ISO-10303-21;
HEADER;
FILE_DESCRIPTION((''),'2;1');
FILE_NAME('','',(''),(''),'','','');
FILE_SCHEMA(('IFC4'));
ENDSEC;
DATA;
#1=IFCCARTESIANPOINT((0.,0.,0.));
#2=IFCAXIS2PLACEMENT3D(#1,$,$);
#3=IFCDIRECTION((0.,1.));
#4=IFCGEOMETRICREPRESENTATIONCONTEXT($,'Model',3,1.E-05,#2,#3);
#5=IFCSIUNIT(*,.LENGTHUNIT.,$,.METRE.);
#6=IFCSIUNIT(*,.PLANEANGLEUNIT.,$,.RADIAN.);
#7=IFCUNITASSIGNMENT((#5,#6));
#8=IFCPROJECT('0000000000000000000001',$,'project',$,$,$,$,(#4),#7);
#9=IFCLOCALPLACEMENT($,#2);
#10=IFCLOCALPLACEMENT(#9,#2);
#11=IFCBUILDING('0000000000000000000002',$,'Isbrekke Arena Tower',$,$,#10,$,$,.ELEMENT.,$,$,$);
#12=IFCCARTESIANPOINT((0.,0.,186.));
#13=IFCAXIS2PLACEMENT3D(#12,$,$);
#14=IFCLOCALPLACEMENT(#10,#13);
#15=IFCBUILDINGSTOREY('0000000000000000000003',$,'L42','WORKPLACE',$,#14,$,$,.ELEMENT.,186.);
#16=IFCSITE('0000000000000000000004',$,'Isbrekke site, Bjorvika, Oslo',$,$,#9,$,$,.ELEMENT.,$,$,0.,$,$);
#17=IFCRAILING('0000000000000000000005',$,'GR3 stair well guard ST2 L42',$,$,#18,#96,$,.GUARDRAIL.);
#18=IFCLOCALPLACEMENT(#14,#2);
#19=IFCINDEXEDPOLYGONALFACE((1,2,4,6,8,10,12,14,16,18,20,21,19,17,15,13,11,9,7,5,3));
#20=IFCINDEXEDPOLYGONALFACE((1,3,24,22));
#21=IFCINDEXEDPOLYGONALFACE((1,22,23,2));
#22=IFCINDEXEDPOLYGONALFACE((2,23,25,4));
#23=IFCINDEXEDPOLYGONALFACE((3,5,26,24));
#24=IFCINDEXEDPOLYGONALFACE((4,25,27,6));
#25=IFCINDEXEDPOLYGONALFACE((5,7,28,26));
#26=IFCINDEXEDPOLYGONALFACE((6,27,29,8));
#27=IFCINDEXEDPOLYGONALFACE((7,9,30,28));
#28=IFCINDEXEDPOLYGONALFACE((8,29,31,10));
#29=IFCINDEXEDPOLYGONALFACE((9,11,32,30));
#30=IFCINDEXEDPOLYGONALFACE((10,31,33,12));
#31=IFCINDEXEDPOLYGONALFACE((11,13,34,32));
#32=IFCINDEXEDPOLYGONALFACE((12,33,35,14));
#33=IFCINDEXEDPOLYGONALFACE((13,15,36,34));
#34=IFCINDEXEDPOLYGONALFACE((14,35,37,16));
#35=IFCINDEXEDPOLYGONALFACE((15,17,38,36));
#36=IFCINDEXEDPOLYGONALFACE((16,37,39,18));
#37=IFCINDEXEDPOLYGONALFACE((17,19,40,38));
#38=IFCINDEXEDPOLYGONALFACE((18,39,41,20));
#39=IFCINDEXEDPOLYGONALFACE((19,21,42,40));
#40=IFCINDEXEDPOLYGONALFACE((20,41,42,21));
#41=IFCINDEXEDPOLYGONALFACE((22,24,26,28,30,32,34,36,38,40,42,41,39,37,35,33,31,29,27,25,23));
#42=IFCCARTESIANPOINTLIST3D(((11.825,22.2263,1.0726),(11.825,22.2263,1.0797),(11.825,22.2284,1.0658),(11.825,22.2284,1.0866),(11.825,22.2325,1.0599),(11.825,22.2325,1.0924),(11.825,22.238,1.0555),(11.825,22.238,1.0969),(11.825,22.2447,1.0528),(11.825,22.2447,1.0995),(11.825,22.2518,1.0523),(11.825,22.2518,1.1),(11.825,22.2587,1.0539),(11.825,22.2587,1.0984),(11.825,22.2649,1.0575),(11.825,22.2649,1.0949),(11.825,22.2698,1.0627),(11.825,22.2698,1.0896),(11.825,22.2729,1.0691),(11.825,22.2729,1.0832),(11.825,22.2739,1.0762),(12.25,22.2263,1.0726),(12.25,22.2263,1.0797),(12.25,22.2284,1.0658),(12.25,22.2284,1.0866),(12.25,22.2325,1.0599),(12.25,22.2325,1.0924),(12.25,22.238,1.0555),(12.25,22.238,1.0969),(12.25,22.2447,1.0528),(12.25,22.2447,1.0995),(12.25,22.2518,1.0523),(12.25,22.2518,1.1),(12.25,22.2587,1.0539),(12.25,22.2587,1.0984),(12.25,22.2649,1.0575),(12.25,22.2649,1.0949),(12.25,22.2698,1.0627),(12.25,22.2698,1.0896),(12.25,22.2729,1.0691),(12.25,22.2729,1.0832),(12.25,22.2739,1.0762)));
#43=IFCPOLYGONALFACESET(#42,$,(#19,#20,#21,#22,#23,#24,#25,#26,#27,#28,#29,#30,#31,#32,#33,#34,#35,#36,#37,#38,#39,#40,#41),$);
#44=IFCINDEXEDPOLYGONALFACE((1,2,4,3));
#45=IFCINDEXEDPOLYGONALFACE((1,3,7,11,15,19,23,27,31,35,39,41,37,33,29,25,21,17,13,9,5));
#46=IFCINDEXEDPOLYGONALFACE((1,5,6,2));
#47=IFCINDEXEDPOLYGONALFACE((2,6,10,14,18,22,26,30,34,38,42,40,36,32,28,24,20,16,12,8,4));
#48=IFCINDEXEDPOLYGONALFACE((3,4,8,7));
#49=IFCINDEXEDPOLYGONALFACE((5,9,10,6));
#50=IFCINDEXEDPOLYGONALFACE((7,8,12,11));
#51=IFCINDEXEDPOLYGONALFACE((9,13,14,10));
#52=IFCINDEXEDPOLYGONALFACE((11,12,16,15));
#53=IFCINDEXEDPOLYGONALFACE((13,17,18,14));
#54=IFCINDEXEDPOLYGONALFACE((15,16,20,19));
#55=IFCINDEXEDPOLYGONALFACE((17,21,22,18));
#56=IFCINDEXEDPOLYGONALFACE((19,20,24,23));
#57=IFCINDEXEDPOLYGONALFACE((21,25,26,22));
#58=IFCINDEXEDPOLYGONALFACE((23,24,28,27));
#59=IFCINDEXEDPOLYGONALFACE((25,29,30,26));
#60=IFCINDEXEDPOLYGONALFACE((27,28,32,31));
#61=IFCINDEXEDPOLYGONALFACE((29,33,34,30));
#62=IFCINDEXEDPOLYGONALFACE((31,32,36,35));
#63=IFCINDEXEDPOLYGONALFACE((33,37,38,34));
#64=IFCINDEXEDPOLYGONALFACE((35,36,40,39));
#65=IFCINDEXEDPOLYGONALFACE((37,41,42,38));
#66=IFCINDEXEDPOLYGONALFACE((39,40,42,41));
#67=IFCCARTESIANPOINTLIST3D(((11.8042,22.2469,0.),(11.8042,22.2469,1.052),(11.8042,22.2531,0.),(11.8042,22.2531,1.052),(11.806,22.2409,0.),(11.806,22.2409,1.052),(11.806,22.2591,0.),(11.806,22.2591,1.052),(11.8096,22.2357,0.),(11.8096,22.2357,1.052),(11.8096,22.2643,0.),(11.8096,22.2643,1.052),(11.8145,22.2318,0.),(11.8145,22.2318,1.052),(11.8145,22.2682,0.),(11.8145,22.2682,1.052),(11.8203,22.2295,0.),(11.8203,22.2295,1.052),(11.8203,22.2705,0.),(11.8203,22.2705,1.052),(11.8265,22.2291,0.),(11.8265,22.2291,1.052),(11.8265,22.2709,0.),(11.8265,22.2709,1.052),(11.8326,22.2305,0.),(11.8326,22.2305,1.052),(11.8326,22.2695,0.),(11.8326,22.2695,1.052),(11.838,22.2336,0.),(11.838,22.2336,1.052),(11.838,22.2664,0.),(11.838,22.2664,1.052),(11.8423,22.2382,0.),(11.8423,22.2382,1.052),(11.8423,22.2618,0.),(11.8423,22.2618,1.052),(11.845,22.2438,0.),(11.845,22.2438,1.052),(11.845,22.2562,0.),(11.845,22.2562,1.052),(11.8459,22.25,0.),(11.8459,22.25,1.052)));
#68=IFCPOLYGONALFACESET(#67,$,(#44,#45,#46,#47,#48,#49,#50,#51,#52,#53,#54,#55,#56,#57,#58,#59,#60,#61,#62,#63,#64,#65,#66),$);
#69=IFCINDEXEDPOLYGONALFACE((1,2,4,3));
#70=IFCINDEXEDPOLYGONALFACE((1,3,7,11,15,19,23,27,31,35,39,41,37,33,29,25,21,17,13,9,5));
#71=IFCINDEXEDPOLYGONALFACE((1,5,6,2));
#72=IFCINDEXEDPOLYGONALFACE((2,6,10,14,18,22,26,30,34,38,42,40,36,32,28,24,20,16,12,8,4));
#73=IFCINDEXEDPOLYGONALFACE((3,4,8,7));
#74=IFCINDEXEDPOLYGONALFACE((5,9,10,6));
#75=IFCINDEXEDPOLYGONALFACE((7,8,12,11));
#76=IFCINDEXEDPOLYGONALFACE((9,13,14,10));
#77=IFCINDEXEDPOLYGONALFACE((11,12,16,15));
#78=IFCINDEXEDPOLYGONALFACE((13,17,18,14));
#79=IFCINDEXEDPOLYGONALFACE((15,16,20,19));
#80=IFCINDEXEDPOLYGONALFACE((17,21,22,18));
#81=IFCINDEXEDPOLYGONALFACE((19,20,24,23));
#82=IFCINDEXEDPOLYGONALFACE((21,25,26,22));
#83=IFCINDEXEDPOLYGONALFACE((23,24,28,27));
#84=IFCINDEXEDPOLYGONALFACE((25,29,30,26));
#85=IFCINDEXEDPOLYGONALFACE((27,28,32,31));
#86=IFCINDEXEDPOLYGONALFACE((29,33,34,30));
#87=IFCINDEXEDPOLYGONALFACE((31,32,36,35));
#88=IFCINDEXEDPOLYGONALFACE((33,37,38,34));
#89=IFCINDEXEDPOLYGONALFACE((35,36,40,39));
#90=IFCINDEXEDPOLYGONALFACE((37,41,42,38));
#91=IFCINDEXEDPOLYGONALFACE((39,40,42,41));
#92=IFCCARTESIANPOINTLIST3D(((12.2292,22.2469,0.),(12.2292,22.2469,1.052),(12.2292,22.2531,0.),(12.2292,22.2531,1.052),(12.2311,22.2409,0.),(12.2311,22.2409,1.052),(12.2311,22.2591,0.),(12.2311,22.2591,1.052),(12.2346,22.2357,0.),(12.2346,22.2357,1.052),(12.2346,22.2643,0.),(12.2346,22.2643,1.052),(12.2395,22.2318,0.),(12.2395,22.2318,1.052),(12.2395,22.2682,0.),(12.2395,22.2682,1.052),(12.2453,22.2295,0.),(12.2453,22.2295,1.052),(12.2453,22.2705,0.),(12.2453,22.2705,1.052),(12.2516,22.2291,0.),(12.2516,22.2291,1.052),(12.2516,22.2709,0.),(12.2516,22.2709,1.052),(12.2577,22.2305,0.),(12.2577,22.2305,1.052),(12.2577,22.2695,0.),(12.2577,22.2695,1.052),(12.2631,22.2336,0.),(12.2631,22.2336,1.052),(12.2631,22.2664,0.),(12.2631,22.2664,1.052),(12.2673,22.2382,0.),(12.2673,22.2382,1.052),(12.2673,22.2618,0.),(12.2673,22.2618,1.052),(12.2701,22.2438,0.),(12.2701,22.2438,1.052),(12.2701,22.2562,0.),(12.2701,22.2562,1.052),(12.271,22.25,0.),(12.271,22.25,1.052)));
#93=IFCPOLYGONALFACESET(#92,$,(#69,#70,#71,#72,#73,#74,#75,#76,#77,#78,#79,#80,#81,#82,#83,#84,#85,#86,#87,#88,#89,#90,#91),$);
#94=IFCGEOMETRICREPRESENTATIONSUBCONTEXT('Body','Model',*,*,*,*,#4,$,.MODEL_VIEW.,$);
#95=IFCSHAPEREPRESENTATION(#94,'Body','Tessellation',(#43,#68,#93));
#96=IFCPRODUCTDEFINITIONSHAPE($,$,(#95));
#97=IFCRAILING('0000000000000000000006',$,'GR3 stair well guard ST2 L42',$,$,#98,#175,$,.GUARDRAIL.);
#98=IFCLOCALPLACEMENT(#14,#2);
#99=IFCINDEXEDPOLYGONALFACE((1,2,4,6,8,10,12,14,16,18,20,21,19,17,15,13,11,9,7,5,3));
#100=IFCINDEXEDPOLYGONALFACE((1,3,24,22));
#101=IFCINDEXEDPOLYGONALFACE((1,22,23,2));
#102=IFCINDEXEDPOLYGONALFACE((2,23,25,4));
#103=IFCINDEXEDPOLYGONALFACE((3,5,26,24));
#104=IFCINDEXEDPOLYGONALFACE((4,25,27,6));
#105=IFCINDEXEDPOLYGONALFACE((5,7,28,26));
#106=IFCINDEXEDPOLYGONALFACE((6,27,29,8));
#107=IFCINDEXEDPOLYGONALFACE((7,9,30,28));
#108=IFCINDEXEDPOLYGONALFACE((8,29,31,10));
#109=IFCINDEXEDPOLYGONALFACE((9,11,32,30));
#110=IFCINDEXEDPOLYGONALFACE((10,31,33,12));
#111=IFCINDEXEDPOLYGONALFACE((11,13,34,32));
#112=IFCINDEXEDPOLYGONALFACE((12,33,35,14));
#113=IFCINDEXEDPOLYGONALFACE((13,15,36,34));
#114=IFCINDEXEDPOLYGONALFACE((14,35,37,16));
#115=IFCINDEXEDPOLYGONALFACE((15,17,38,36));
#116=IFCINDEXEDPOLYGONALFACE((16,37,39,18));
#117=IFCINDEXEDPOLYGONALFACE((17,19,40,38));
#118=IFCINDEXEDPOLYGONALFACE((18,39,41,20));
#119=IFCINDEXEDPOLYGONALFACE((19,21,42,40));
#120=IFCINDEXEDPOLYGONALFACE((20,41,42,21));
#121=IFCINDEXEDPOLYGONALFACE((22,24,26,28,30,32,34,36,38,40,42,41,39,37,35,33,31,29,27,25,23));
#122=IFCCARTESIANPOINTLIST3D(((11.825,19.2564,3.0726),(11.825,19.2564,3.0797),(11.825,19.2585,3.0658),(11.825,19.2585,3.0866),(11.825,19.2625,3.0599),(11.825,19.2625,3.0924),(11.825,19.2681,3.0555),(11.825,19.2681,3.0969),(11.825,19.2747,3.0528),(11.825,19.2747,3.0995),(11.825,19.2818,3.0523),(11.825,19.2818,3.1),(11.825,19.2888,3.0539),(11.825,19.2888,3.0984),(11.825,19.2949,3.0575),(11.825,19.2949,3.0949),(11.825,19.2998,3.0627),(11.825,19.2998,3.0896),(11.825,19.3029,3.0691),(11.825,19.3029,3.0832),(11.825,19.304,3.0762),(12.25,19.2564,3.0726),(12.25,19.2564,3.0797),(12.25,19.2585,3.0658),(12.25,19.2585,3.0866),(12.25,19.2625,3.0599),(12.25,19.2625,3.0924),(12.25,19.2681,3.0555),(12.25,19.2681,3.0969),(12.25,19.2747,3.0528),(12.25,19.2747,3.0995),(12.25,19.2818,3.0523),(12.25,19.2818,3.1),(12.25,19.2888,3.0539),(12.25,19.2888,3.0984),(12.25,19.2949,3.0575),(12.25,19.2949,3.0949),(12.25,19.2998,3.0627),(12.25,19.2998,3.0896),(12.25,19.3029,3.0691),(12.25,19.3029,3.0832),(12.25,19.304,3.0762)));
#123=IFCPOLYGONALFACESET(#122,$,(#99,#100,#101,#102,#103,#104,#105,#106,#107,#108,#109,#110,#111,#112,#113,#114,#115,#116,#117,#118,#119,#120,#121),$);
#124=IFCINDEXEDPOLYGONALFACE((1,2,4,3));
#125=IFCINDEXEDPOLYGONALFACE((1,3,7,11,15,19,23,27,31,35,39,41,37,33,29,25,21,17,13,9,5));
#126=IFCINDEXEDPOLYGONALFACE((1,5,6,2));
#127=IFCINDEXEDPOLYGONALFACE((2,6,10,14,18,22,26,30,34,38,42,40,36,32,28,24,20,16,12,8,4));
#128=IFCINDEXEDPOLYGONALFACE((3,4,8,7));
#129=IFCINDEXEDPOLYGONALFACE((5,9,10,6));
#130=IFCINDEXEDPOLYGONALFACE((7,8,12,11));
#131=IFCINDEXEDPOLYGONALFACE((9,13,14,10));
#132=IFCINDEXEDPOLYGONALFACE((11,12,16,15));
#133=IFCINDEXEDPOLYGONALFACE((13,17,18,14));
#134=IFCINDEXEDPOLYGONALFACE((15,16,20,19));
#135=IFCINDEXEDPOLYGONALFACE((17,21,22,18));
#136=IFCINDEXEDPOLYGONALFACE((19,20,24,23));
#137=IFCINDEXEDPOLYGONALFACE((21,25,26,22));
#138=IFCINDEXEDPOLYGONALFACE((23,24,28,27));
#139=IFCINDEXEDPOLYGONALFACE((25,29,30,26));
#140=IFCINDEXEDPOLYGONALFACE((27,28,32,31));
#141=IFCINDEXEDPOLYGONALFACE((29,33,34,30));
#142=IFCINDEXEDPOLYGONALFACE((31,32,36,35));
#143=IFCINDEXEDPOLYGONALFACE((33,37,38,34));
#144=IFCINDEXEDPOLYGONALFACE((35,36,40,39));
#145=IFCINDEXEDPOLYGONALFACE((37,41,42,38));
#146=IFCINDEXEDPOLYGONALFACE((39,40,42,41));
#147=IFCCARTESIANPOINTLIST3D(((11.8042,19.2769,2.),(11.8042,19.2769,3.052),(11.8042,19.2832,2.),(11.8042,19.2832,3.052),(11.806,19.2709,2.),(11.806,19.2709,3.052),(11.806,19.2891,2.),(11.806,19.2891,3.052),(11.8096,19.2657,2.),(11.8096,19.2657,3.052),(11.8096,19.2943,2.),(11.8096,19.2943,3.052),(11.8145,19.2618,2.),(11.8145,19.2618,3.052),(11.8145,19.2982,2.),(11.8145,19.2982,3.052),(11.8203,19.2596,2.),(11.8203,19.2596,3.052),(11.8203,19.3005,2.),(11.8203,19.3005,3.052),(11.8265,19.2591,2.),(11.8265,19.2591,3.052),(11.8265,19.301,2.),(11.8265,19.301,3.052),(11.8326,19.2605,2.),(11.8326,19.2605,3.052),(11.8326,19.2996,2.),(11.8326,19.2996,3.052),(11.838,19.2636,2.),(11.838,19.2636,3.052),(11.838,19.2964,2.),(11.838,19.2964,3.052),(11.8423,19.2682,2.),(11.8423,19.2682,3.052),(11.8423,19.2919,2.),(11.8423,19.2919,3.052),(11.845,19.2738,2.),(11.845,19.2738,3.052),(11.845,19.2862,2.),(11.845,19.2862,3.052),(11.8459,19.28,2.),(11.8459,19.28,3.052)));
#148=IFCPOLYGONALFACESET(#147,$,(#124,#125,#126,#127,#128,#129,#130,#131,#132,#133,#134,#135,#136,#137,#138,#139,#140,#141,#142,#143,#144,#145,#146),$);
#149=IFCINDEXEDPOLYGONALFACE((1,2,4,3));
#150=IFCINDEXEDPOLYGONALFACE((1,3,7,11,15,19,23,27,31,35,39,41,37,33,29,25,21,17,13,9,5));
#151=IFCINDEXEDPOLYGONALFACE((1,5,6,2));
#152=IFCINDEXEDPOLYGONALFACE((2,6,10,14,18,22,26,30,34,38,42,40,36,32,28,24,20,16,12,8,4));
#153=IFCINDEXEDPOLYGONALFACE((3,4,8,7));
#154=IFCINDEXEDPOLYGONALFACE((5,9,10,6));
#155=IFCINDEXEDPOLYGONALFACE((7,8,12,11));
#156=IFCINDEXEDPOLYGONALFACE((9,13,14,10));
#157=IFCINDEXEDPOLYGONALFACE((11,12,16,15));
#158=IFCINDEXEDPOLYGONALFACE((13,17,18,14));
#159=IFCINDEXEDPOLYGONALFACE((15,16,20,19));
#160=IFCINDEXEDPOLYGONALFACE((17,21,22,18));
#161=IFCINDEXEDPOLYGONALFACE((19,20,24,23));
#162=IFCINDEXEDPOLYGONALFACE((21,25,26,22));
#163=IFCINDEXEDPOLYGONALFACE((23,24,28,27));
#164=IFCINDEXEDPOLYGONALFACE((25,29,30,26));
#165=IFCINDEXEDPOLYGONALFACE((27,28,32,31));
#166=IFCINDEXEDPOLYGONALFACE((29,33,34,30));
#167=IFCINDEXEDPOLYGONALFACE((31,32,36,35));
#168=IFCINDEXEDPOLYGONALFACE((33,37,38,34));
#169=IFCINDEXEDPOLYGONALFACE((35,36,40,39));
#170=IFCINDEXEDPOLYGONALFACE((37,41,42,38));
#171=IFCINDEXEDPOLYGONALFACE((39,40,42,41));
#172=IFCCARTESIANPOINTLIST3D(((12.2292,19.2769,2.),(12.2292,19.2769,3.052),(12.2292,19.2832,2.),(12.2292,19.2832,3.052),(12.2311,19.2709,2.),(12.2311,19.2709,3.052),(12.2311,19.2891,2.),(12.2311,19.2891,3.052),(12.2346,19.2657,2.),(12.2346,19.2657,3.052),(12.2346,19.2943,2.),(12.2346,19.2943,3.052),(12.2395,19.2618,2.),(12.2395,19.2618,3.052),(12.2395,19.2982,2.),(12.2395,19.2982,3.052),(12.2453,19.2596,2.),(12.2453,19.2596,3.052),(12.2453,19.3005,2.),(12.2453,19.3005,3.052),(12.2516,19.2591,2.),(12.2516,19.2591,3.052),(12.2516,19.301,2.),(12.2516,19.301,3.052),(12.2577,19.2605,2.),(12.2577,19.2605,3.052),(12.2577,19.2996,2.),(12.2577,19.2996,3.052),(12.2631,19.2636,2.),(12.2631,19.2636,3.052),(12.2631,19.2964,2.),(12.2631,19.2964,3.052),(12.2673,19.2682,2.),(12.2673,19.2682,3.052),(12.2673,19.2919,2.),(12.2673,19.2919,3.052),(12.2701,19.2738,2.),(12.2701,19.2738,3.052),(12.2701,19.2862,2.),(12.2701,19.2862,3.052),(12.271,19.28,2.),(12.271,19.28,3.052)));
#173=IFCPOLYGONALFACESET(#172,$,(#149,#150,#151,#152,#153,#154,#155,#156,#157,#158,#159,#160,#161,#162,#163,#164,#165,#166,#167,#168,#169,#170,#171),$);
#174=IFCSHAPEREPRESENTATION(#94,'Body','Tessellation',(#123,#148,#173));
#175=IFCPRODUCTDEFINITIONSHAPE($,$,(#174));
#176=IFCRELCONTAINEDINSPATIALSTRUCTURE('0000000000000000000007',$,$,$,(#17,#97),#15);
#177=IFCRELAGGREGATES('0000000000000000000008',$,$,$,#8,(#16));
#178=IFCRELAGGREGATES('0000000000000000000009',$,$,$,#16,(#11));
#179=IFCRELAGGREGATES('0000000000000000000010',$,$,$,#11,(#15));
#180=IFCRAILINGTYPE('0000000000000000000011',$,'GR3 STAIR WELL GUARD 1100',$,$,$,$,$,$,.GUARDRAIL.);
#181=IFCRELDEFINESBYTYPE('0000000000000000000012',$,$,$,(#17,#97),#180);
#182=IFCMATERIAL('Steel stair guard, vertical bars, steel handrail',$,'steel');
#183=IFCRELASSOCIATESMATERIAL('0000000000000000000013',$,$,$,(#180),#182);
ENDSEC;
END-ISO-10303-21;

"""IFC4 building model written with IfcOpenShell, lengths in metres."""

from ifc_helpers import new_model, si_unit, direction, frame, origin, origin_2d, place, context, subcontext, project, spatial, circle, extrude, material, type_object, element, save


model = new_model("IFC4")

# Units and contexts
model_context = context("Model", 3, precision=1e-05, world=origin(), true_north=direction((0.0, 1.0)))
body_context = subcontext(model_context, "Body", "Model", "MODEL_VIEW")
ifc_project = project(units=[si_unit("LENGTHUNIT", "METRE"), si_unit("PLANEANGLEUNIT", "RADIAN")], contexts=[model_context])

# Site, building, storey
site_placement = place(None, origin())
site = spatial("IfcSite", under=ifc_project, at=site_placement, Name="Isbrekke site, Bjorvika, Oslo", CompositionType="ELEMENT", RefElevation=0.0)
building_placement = place(site_placement, origin())
building = spatial("IfcBuilding", under=site, at=building_placement, Name="Isbrekke Arena Tower", CompositionType="ELEMENT")
storey_placement = place(building_placement, frame((0.0, 0.0, 186.0)))
storey = spatial("IfcBuildingStorey", under=building, at=storey_placement, Name="L42", Description="WORKPLACE", CompositionType="ELEMENT", Elevation=186.0)

# Railings
ifc_material_1 = material(Name="Steel stair guard, vertical bars, steel handrail", Category="steel")
railing_type = type_object("IfcRailingType", Name="GR3 STAIR WELL GUARD 1100", PredefinedType="GUARDRAIL", material=ifc_material_1)
for number, where, name in (
    (1, (11.825, 22.25, 0.0), "GR3 stair well guard ST2 L42"),
    (2, (11.825, 19.28, 2.0), "GR3 stair well guard ST2 L42"),
):
    element("IfcRailing", number, at=place(storey_placement, frame(where)), inside=storey, type_object=railing_type, Name=name, PredefinedType="GUARDRAIL", context=body_context, shape_type="SweptSolid", body=[
        extrude(circle(Radius=0.0239, at=origin_2d()), frame((0.0, 0.0, 1.0762), z_axis=(1.0, 0.0, 0.0), x_axis=(0.0, 1.0, 0.0)), (0.0, 0.0, 1.0), 0.425),
        extrude(circle(Radius=0.021, at=origin_2d()), origin(), (0.0, 0.0, 1.0), 1.052),
        extrude(circle(Radius=0.021, at=origin_2d()), frame((0.425, 0.0, 0.0)), (0.0, 0.0, 1.0), 1.052),
    ])

save(model, "model.ifc")
